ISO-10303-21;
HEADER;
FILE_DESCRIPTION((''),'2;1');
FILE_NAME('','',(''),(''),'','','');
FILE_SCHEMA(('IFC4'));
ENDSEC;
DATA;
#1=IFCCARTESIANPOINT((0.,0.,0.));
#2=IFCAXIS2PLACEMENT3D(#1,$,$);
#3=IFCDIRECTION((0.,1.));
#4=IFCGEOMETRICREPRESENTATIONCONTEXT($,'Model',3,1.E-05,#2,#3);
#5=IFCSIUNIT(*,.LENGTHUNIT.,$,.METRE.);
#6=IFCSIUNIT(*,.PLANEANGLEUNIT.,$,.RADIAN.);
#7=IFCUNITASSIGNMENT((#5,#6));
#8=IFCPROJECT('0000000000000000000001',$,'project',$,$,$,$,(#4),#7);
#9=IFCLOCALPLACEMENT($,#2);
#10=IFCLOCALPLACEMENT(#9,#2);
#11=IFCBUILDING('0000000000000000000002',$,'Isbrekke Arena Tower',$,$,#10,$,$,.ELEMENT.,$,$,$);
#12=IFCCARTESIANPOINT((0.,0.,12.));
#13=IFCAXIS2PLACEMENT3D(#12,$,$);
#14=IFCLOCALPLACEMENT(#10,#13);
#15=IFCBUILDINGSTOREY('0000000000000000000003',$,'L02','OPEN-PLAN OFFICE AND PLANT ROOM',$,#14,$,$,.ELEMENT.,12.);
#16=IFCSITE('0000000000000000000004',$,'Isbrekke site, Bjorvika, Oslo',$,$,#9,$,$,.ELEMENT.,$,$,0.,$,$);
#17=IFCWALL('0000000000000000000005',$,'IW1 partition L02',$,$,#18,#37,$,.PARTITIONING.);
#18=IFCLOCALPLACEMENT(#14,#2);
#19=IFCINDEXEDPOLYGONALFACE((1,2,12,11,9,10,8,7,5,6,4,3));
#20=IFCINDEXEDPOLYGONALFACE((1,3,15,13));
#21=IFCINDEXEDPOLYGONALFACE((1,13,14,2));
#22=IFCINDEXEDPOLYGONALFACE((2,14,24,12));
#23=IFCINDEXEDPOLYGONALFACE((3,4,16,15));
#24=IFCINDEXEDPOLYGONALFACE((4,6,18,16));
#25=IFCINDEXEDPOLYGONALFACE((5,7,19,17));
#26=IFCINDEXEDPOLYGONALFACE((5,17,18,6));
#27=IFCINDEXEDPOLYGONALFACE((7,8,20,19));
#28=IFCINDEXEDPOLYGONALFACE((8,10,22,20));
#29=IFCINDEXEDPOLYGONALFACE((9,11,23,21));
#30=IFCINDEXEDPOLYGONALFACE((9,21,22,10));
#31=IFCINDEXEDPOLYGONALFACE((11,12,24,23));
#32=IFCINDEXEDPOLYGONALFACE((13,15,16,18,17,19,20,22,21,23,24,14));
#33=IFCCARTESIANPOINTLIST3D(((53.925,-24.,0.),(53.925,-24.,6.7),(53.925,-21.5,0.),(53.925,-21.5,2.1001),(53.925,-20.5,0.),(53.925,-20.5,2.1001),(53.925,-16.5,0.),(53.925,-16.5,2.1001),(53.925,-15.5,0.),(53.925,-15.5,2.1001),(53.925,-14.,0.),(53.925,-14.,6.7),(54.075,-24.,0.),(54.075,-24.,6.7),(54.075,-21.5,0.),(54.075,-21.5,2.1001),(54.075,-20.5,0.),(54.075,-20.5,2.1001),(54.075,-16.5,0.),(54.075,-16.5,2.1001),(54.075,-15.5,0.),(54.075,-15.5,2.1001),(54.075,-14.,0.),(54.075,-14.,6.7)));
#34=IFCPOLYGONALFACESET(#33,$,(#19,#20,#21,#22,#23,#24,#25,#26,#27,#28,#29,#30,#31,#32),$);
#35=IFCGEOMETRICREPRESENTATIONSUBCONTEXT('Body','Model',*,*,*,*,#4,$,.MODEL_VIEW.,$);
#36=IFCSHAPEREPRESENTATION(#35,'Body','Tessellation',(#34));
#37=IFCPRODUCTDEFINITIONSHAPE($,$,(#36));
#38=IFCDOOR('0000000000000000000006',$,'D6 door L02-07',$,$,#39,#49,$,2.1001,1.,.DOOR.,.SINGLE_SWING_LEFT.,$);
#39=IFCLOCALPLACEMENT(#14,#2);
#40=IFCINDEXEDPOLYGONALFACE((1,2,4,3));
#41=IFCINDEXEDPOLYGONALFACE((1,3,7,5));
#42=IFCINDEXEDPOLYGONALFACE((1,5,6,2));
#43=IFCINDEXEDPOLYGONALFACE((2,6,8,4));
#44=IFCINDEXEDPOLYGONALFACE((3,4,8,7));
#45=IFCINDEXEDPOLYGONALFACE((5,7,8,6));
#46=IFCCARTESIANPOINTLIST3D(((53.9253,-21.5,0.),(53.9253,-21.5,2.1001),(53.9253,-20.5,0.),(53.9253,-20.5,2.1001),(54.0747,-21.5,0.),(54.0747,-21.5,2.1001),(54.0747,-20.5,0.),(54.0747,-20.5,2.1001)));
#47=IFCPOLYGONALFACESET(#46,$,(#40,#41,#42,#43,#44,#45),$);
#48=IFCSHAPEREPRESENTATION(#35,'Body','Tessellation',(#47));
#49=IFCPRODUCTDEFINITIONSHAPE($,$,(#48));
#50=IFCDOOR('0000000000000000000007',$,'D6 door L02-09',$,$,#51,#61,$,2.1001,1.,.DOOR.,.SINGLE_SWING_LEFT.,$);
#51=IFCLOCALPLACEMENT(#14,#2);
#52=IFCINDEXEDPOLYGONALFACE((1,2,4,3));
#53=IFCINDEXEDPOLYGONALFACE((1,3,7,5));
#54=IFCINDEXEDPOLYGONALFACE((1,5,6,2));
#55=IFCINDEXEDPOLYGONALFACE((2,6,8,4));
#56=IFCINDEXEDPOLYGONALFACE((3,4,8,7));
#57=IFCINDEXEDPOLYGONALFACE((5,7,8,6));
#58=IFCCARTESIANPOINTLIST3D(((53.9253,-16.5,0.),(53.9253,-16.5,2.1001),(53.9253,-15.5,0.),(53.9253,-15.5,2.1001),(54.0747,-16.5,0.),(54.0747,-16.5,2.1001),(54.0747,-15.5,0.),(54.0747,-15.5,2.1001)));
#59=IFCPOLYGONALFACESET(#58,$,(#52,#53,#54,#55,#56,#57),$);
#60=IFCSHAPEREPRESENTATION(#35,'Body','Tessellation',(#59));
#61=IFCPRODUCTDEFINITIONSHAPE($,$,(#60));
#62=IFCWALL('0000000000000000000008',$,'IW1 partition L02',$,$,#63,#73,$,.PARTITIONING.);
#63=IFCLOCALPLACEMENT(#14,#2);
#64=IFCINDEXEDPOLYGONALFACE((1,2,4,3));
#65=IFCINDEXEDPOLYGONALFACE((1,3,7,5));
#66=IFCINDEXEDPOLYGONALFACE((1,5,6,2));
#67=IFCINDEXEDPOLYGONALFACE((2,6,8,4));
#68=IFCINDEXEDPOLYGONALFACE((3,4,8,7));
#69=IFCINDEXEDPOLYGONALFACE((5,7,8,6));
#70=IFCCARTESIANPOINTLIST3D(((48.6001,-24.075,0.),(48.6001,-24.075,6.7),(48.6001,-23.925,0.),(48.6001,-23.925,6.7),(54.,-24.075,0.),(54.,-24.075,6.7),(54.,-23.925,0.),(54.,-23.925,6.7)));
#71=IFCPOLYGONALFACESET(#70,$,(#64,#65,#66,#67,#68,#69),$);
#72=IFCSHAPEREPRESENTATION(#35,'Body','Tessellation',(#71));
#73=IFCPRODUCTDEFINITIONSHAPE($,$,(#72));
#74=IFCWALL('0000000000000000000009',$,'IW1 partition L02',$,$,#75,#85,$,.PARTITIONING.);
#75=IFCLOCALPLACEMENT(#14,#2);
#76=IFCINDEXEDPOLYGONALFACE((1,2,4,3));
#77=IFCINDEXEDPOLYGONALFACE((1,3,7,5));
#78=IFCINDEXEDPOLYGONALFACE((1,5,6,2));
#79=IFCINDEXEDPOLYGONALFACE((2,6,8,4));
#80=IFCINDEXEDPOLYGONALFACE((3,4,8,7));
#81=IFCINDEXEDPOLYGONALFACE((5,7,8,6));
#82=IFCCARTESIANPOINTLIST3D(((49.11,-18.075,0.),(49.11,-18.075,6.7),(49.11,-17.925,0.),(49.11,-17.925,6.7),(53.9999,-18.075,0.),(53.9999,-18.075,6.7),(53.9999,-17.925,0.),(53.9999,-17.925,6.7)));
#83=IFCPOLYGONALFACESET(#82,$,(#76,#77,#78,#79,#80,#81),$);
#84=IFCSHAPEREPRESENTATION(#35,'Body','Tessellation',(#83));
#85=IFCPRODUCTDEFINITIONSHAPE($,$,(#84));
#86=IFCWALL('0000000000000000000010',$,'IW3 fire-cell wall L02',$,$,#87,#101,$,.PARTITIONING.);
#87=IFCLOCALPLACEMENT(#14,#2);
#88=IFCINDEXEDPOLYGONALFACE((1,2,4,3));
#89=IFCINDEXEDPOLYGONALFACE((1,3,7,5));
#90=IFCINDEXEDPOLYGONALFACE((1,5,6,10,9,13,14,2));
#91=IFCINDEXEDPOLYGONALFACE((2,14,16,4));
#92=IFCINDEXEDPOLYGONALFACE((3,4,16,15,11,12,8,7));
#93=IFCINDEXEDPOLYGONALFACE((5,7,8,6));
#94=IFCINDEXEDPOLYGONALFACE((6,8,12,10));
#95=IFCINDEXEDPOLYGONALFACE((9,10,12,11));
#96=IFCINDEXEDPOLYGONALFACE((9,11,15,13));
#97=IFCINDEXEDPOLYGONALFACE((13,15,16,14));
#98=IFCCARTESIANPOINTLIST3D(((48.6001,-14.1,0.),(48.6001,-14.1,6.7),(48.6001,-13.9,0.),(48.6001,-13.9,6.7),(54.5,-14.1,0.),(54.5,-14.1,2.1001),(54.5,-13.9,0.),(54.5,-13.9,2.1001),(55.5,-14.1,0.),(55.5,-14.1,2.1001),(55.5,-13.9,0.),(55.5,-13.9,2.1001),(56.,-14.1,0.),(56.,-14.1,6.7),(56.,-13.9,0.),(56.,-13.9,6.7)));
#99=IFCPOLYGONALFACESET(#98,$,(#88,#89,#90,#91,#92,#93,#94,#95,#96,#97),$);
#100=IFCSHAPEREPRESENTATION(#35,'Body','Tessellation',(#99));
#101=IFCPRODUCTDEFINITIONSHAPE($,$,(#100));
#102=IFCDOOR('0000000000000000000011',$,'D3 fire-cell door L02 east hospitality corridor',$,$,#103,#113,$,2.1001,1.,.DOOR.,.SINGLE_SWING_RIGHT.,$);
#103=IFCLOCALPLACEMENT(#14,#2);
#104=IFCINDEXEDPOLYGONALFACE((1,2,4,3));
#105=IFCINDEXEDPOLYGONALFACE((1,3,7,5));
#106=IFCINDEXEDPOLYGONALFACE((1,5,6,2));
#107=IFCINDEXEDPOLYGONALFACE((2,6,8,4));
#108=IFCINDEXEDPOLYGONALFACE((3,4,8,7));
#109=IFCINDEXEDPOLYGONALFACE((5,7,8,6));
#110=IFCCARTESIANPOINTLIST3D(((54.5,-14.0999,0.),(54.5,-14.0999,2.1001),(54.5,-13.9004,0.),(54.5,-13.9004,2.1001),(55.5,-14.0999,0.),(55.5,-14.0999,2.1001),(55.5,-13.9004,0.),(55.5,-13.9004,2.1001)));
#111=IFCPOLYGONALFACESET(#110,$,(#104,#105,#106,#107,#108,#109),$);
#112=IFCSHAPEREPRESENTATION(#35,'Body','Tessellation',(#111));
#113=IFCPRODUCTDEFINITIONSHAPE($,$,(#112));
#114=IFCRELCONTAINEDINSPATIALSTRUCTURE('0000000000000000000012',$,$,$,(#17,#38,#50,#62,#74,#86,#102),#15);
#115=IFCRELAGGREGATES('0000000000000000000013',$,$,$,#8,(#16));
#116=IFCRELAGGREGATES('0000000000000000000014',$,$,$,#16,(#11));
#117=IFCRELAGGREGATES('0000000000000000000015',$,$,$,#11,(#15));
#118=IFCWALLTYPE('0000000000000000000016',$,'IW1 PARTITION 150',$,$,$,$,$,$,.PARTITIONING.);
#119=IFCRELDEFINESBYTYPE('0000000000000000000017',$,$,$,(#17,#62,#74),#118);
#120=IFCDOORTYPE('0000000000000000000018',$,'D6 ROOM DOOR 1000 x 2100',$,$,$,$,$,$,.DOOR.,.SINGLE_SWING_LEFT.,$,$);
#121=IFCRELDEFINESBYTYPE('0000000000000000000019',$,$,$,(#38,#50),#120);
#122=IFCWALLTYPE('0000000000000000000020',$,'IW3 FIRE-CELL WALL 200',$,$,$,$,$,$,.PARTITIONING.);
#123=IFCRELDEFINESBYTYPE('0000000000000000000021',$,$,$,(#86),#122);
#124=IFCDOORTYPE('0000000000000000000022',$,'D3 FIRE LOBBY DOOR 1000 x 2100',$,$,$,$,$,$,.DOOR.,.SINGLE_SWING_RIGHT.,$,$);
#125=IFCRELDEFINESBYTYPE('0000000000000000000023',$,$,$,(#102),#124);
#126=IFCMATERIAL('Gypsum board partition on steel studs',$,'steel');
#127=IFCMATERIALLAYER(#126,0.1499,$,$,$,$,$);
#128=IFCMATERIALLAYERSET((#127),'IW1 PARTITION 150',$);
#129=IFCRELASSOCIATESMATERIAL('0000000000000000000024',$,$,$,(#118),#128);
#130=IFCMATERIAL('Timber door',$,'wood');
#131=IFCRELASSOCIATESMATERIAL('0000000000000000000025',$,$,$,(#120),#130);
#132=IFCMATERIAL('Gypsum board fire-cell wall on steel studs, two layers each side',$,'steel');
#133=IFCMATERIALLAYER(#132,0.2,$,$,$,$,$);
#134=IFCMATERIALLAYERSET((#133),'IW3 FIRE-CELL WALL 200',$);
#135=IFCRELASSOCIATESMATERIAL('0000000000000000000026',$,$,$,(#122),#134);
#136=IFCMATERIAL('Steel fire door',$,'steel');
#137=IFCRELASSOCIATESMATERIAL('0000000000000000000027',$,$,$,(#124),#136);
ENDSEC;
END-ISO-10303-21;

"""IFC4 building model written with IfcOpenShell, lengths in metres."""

from ifc_helpers import new_model, si_unit, direction, frame, frame_2d, origin, place, context, subcontext, project, spatial, rectangle, extrude, material, layer, layer_set, type_object, element, fill, save


model = new_model("IFC4")

# Units and contexts
model_context = context("Model", 3, precision=1e-05, world=origin(), true_north=direction((0.0, 1.0)))
body_context = subcontext(model_context, "Body", "Model", "MODEL_VIEW")
ifc_project = project(units=[si_unit("LENGTHUNIT", "METRE"), si_unit("PLANEANGLEUNIT", "RADIAN")], contexts=[model_context])

# Site, building, storey
site_placement = place(None, origin())
site = spatial("IfcSite", under=ifc_project, at=site_placement, Name="Isbrekke site, Bjorvika, Oslo", CompositionType="ELEMENT", RefElevation=0.0)
building_placement = place(site_placement, origin())
building = spatial("IfcBuilding", under=site, at=building_placement, Name="Isbrekke Arena Tower", CompositionType="ELEMENT")
storey_placement = place(building_placement, frame((0.0, 0.0, 12.0)))
storey = spatial("IfcBuildingStorey", under=building, at=storey_placement, Name="L02", Description="OPEN-PLAN OFFICE AND PLANT ROOM", CompositionType="ELEMENT", Elevation=12.0)

# Shared definitions
ifc_material_1 = material(Name="Gypsum board partition on steel studs", Category="steel")
ifc_layer_1 = layer(ifc_material_1, 0.1499)
ifc_layer_set_1 = layer_set([ifc_layer_1], Name="IW1 PARTITION 150")
wall_type_1 = type_object("IfcWallType", Name="IW1 PARTITION 150", PredefinedType="PARTITIONING", material=ifc_layer_set_1)

# Wall, openings, doors
wall_1_placement = place(storey_placement, frame((54.0, -24.0, 0.0), z_axis=(0.0, 0.0, 1.0), x_axis=(0.0, 1.0, 0.0)))
wall_1 = element("IfcWall", 1, at=wall_1_placement, inside=storey, type_object=wall_type_1, Name="IW1 partition L02", PredefinedType="PARTITIONING", context=body_context, shape_type="SweptSolid", body=[
    extrude(rectangle(XDim=10.0, YDim=0.1499, at=frame_2d((5.0, 0.0))), origin(), (0.0, 0.0, 1.0), 6.7),
])
opening_1_placement = place(wall_1_placement, frame((2.5, 0.0, 0.0)))
opening_1 = element("IfcOpeningElement", 2, at=opening_1_placement, cuts=wall_1, PredefinedType="OPENING", context=body_context, shape_type="SweptSolid", body=[
    extrude(rectangle(XDim=1.0, YDim=2.1001, at=frame_2d((0.5, 1.05))), frame((0.0, 0.0898, 0.0), z_axis=(0.0, -1.0, 0.0), x_axis=(1.0, 0.0, 0.0)), (0.0, 0.0, 1.0), 0.1797),
])
opening_2_placement = place(wall_1_placement, frame((7.5, 0.0, 0.0)))
opening_2 = element("IfcOpeningElement", 3, at=opening_2_placement, cuts=wall_1, PredefinedType="OPENING", context=body_context, shape_type="SweptSolid", body=[
    extrude(rectangle(XDim=1.0, YDim=2.1001, at=frame_2d((0.5, 1.05))), frame((0.0, 0.0898, 0.0), z_axis=(0.0, -1.0, 0.0), x_axis=(1.0, 0.0, 0.0)), (0.0, 0.0, 1.0), 0.1797),
])
ifc_material_2 = material(Name="Timber door", Category="wood")
door_type_1 = type_object("IfcDoorType", Name="D6 ROOM DOOR 1000 x 2100", OperationType="SINGLE_SWING_LEFT", PredefinedType="DOOR", material=ifc_material_2)
door_1_placement = place(opening_1_placement, origin())
door_1 = element("IfcDoor", 4, at=door_1_placement, inside=storey, type_object=door_type_1, Name="D6 door L02-07", OperationType="SINGLE_SWING_LEFT", OverallHeight=2.1001, OverallWidth=1.0, PredefinedType="DOOR", context=body_context, shape_type="SweptSolid", body=[
    extrude(rectangle(XDim=1.0, YDim=2.1001, at=frame_2d((0.5, 1.05))), frame((0.0, 0.0747, 0.0), z_axis=(0.0, -1.0, 0.0), x_axis=(1.0, 0.0, 0.0)), (0.0, 0.0, 1.0), 0.1494),
])
fill(opening_1, door_1)
door_2_placement = place(opening_2_placement, origin())
door_2 = element("IfcDoor", 5, at=door_2_placement, inside=storey, type_object=door_type_1, Name="D6 door L02-09", OperationType="SINGLE_SWING_LEFT", OverallHeight=2.1001, OverallWidth=1.0, PredefinedType="DOOR", context=body_context, shape_type="SweptSolid", body=[
    extrude(rectangle(XDim=1.0, YDim=2.1001, at=frame_2d((0.5, 1.05))), frame((0.0, 0.0747, 0.0), z_axis=(0.0, -1.0, 0.0), x_axis=(1.0, 0.0, 0.0)), (0.0, 0.0, 1.0), 0.1494),
])
fill(opening_2, door_2)

# Walls
wall_2_placement = place(storey_placement, frame((48.6001, -24.0, 0.0), z_axis=(0.0, 0.0, 1.0), x_axis=(1.0, 0.0, 0.0)))
element("IfcWall", 6, at=wall_2_placement, inside=storey, type_object=wall_type_1, Name="IW1 partition L02", PredefinedType="PARTITIONING", context=body_context, shape_type="SweptSolid", body=[
    extrude(rectangle(XDim=5.3999, YDim=0.1499, at=frame_2d((2.7, 0.0))), origin(), (0.0, 0.0, 1.0), 6.7),
])
wall_3_placement = place(storey_placement, frame((49.1101, -18.0, 0.0), z_axis=(0.0, 0.0, 1.0), x_axis=(1.0, 0.0, 0.0)))
element("IfcWall", 7, at=wall_3_placement, inside=storey, type_object=wall_type_1, Name="IW1 partition L02", PredefinedType="PARTITIONING", context=body_context, shape_type="SweptSolid", body=[
    extrude(rectangle(XDim=4.8899, YDim=0.1499, at=frame_2d((2.4448, 0.0))), origin(), (0.0, 0.0, 1.0), 6.7),
])

# Wall, opening, door
ifc_material_3 = material(Name="Gypsum board fire-cell wall on steel studs, two layers each side", Category="steel")
ifc_layer_2 = layer(ifc_material_3, 0.2)
ifc_layer_set_2 = layer_set([ifc_layer_2], Name="IW3 FIRE-CELL WALL 200")
wall_type_2 = type_object("IfcWallType", Name="IW3 FIRE-CELL WALL 200", PredefinedType="PARTITIONING", material=ifc_layer_set_2)
wall_4_placement = place(storey_placement, frame((48.6001, -14.0, 0.0), z_axis=(0.0, 0.0, 1.0), x_axis=(1.0, 0.0, 0.0)))
wall_4 = element("IfcWall", 8, at=wall_4_placement, inside=storey, type_object=wall_type_2, Name="IW3 fire-cell wall L02", PredefinedType="PARTITIONING", context=body_context, shape_type="SweptSolid", body=[
    extrude(rectangle(XDim=7.3999, YDim=0.2, at=frame_2d((3.7, 0.0))), origin(), (0.0, 0.0, 1.0), 6.7),
])
opening_3_placement = place(wall_4_placement, frame((5.8999, 0.0, 0.0)))
opening_3 = element("IfcOpeningElement", 9, at=opening_3_placement, cuts=wall_4, PredefinedType="OPENING", context=body_context, shape_type="SweptSolid", body=[
    extrude(rectangle(XDim=1.0, YDim=2.1001, at=frame_2d((0.5, 1.05))), frame((0.0, 0.1147, 0.0), z_axis=(0.0, -1.0, 0.0), x_axis=(1.0, 0.0, 0.0)), (0.0, 0.0, 1.0), 0.2297),
])
ifc_material_4 = material(Name="Steel fire door", Category="steel")
door_type_2 = type_object("IfcDoorType", Name="D3 FIRE LOBBY DOOR 1000 x 2100", OperationType="SINGLE_SWING_RIGHT", PredefinedType="DOOR", material=ifc_material_4)
door_3_placement = place(opening_3_placement, origin())
door_3 = element("IfcDoor", 10, at=door_3_placement, inside=storey, type_object=door_type_2, Name="D3 fire-cell door L02 east hospitality corridor", OperationType="SINGLE_SWING_RIGHT", OverallHeight=2.1001, OverallWidth=1.0, PredefinedType="DOOR", context=body_context, shape_type="SweptSolid", body=[
    extrude(rectangle(XDim=1.0, YDim=2.1001, at=frame_2d((0.5, 1.05))), frame((0.0, 0.0996, 0.0), z_axis=(0.0, -1.0, 0.0), x_axis=(1.0, 0.0, 0.0)), (0.0, 0.0, 1.0), 0.1995),
])
fill(opening_3, door_3)

save(model, "model.ifc")
